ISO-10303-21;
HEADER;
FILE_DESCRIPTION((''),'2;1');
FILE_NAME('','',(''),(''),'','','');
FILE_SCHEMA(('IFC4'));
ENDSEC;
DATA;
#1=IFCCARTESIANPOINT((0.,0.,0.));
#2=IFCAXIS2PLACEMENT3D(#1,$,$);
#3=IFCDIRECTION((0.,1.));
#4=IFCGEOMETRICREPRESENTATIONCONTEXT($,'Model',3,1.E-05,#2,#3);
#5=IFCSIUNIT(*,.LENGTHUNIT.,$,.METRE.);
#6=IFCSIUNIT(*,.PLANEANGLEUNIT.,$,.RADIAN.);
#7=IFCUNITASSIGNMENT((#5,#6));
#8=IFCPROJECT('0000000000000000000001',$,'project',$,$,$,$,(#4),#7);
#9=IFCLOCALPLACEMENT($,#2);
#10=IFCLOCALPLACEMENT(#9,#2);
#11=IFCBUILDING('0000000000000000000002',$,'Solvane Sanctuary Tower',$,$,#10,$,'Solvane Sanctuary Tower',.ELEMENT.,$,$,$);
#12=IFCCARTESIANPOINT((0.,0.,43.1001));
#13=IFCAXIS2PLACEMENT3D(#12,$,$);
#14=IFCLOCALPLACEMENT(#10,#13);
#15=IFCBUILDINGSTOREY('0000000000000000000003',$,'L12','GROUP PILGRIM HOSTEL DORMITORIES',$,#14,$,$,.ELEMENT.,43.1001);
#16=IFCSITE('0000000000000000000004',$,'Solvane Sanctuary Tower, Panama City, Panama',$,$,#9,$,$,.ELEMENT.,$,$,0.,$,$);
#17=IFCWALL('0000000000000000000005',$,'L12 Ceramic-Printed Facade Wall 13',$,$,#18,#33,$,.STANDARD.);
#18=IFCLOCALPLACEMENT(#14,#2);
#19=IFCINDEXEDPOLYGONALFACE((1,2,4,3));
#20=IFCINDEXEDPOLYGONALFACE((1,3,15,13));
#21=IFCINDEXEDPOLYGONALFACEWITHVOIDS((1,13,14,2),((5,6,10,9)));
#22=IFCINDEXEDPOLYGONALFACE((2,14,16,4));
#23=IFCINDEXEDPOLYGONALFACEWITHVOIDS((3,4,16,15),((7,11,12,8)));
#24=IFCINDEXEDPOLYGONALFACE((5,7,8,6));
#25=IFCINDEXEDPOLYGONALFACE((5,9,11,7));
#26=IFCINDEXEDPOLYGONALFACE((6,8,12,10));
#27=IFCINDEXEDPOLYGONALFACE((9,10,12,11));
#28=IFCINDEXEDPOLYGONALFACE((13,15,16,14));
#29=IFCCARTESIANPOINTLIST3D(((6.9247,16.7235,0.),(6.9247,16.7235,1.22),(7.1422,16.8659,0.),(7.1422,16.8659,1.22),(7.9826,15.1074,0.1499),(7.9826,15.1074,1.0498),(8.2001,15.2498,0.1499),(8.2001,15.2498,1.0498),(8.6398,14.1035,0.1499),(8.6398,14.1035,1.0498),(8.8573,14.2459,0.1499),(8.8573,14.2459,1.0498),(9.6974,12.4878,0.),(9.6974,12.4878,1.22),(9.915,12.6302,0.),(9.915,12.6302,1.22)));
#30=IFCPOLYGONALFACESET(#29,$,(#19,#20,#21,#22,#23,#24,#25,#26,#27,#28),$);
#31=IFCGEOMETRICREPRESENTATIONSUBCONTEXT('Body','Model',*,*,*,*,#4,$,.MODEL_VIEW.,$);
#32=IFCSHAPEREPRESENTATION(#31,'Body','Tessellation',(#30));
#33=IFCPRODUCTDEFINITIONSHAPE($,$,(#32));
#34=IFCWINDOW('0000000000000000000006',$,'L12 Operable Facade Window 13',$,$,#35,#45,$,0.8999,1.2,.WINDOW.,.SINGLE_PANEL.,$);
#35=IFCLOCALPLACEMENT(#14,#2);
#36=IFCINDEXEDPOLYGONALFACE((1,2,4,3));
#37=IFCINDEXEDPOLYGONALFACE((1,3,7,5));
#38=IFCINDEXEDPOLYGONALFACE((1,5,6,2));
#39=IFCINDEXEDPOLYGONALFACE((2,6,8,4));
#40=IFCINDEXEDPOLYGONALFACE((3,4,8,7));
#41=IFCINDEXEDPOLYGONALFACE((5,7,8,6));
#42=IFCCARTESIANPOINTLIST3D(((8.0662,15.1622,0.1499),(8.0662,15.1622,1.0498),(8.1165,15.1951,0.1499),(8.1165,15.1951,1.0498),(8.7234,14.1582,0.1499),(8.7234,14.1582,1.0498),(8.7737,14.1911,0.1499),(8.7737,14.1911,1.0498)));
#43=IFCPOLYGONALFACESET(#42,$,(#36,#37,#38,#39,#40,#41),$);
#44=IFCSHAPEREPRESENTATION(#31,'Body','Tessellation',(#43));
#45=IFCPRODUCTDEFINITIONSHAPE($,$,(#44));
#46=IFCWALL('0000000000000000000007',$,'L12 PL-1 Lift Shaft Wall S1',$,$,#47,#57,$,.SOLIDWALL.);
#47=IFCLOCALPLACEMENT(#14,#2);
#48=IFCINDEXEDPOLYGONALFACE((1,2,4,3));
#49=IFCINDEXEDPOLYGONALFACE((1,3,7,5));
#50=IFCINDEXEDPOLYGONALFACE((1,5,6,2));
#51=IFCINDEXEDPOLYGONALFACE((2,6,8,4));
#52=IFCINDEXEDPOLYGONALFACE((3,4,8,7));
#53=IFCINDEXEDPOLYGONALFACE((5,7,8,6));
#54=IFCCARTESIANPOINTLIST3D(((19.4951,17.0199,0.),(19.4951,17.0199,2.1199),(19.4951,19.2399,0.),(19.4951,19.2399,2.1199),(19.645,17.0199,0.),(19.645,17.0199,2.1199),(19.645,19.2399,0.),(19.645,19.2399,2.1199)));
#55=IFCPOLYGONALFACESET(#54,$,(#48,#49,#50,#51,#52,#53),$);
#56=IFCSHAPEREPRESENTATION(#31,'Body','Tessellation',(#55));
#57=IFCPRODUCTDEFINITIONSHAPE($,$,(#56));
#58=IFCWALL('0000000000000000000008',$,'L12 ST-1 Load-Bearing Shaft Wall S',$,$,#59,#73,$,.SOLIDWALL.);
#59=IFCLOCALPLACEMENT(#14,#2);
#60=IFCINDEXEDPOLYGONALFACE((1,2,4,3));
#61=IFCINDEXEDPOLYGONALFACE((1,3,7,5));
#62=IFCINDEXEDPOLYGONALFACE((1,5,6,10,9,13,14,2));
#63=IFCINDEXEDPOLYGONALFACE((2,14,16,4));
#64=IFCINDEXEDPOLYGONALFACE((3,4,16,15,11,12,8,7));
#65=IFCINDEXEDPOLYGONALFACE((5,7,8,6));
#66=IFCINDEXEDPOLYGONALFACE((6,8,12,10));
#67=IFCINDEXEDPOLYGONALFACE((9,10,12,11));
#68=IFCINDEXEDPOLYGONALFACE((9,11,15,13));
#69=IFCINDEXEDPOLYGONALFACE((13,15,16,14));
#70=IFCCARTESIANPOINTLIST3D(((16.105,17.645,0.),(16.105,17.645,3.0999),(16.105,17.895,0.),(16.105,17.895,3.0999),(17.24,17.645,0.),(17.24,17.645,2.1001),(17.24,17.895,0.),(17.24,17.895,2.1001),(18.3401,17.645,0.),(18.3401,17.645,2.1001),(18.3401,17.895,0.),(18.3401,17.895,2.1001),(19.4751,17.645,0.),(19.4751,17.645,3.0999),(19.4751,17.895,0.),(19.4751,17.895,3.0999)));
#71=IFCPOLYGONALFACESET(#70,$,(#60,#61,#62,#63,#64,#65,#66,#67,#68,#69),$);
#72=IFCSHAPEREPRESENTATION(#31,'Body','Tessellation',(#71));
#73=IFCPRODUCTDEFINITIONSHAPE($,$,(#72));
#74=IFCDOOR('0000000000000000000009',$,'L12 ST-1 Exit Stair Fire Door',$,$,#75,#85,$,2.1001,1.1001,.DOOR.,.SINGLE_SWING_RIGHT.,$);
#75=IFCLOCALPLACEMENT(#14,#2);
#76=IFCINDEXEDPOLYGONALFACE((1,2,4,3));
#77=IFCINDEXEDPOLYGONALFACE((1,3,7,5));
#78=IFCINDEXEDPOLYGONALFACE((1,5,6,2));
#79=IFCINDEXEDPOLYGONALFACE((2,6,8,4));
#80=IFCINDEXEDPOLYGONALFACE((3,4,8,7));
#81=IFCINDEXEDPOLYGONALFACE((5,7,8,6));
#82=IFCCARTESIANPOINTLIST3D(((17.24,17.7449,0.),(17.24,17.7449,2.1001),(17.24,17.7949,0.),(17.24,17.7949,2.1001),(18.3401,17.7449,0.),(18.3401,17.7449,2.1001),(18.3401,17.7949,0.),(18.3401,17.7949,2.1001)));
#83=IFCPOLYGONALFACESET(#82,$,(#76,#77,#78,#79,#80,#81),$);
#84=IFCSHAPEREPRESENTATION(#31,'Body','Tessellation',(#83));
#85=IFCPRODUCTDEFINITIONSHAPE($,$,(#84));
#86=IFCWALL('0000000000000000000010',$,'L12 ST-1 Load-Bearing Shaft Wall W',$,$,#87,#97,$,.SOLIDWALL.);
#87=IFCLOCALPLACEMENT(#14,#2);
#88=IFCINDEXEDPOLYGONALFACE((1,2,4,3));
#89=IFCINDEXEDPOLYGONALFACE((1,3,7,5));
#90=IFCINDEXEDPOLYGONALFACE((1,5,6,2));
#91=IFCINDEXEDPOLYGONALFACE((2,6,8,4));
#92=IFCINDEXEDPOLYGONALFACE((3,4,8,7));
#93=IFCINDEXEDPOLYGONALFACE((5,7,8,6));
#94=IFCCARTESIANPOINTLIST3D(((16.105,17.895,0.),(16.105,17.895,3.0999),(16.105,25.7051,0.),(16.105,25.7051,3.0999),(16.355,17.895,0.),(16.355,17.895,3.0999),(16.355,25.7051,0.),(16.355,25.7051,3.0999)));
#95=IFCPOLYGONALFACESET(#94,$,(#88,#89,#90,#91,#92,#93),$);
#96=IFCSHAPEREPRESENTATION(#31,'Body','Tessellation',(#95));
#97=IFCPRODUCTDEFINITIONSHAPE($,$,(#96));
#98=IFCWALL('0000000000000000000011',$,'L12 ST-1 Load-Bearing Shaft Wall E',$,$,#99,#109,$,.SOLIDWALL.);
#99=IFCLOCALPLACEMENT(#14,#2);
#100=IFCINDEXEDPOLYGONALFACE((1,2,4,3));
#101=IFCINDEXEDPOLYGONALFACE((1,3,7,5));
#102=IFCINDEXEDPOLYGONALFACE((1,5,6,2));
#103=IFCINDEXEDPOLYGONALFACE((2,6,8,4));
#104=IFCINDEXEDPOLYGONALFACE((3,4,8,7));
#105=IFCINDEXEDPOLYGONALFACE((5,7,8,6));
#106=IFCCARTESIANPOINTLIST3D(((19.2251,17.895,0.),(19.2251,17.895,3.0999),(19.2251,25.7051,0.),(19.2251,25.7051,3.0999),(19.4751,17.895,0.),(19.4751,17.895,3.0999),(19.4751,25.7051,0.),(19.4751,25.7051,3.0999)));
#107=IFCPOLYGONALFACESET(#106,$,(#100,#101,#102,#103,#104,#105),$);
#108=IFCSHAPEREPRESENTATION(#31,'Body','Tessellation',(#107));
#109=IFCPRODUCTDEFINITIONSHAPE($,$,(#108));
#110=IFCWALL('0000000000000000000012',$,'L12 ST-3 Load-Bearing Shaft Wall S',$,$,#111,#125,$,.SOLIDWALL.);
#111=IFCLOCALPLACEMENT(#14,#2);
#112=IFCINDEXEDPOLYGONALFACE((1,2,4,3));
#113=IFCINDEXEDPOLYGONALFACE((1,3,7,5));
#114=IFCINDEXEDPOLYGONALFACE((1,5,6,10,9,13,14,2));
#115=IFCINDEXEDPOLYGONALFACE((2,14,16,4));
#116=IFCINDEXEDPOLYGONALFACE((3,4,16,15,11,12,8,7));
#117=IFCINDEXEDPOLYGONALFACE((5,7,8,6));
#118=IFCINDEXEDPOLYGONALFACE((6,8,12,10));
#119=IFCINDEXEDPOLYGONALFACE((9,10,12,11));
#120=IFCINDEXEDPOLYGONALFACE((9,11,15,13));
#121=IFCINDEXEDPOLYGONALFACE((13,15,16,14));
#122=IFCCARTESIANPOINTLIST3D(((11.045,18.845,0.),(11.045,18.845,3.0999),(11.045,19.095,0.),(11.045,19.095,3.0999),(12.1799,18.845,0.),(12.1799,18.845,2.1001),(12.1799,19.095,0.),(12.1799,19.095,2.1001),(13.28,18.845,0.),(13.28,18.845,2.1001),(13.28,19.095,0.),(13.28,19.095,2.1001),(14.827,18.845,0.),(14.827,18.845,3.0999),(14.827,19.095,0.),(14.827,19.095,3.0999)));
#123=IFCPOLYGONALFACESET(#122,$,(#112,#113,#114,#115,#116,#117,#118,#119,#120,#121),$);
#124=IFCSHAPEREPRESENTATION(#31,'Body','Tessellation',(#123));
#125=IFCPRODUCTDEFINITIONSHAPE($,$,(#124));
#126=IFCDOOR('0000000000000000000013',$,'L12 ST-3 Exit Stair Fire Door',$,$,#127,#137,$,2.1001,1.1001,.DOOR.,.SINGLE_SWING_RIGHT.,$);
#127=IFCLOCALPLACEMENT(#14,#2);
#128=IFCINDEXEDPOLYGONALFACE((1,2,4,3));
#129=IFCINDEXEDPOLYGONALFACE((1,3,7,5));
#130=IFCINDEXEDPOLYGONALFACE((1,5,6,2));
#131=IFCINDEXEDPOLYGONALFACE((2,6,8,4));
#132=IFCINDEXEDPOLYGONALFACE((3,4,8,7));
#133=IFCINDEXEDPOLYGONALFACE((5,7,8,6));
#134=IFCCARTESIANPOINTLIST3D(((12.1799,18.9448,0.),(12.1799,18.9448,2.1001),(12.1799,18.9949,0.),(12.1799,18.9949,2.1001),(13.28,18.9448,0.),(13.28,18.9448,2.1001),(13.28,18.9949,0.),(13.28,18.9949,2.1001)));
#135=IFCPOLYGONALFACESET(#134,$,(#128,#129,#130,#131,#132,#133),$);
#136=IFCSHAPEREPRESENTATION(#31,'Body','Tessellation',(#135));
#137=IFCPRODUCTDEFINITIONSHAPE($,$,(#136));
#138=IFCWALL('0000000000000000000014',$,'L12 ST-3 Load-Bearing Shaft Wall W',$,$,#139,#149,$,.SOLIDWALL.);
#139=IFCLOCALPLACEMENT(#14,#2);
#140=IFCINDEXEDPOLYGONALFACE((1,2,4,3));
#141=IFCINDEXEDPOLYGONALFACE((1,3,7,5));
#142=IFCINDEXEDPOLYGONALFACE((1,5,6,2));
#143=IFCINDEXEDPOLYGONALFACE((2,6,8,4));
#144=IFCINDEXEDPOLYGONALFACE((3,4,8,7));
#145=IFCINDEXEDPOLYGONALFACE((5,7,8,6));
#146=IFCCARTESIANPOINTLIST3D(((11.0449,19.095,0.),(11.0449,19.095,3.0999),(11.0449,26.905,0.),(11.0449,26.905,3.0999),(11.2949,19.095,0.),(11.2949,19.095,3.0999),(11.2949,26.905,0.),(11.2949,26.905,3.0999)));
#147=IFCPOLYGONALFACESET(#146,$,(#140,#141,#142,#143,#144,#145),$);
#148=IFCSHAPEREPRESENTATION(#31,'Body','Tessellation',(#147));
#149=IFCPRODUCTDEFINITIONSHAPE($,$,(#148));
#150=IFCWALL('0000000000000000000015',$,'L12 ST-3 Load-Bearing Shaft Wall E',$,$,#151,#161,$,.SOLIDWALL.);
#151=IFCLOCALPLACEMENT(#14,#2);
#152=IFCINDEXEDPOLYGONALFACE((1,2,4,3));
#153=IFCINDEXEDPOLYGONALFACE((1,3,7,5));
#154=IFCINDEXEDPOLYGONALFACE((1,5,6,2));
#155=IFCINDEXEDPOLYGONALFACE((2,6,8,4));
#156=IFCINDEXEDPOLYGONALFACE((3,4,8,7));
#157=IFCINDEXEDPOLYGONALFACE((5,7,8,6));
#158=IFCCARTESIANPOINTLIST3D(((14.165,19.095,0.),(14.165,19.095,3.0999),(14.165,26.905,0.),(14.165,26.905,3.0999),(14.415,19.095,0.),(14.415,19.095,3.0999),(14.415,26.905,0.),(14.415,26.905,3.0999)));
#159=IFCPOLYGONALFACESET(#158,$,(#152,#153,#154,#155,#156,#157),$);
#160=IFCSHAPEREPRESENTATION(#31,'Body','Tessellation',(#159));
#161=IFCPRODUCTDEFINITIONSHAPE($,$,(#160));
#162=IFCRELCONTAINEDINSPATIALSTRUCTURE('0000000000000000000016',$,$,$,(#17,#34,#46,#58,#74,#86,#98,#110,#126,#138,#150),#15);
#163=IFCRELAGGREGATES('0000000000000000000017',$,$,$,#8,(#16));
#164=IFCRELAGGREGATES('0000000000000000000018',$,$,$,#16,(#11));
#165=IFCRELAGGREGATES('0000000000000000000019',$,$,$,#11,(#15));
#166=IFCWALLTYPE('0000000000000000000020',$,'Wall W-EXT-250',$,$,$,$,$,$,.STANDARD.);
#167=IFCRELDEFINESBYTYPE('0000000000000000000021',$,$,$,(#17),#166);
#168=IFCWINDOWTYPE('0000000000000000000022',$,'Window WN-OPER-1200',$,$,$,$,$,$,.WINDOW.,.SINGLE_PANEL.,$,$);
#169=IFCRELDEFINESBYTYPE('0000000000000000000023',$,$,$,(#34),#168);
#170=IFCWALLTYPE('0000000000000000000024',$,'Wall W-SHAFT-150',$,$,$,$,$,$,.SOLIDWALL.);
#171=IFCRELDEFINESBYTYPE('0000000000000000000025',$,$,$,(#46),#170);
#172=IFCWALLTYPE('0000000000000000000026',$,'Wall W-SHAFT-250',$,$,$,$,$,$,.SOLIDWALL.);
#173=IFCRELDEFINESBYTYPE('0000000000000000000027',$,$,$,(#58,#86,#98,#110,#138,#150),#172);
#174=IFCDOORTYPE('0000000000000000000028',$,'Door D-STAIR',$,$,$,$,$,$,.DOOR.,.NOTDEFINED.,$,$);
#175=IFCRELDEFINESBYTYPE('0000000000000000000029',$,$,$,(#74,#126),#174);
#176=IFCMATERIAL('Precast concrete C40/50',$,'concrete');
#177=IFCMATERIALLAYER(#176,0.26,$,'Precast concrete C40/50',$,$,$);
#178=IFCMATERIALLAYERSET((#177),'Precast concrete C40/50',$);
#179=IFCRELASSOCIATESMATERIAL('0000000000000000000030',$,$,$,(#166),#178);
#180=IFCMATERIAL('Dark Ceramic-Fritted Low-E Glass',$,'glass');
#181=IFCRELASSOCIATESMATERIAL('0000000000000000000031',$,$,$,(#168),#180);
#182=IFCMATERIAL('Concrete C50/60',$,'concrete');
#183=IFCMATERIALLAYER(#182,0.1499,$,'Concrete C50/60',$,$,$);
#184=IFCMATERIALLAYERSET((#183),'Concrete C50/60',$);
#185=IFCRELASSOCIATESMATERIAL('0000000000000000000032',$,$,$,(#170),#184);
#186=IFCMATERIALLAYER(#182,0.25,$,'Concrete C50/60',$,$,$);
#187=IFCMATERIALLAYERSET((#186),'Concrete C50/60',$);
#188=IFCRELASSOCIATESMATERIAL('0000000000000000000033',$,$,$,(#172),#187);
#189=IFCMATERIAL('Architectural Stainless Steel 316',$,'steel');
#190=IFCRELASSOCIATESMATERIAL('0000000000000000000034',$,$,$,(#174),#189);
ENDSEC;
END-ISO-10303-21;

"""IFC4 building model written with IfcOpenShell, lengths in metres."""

from ifc_helpers import new_model, si_unit, direction, frame, frame_2d, origin, place, context, subcontext, project, spatial, rectangle, extrude, material, layer, layer_set, type_object, element, fill, save


model = new_model("IFC4")

# Units and contexts
model_context = context("Model", 3, precision=1e-05, world=origin(), true_north=direction((0.0, 1.0)))
body_context = subcontext(model_context, "Body", "Model", "MODEL_VIEW")
ifc_project = project(units=[si_unit("LENGTHUNIT", "METRE"), si_unit("PLANEANGLEUNIT", "RADIAN")], contexts=[model_context])

# Site, building, storey
site_placement = place(None, origin())
site = spatial("IfcSite", under=ifc_project, at=site_placement, Name="Solvane Sanctuary Tower, Panama City, Panama", CompositionType="ELEMENT", RefElevation=0.0)
building_placement = place(site_placement, origin())
building = spatial("IfcBuilding", under=site, at=building_placement, Name="Solvane Sanctuary Tower", LongName="Solvane Sanctuary Tower", CompositionType="ELEMENT")
storey_placement = place(building_placement, frame((0.0, 0.0, 43.1001)))
storey = spatial("IfcBuildingStorey", under=building, at=storey_placement, Name="L12", Description="GROUP PILGRIM HOSTEL DORMITORIES", CompositionType="ELEMENT", Elevation=43.1001)

# Wall, opening, window
ifc_material_1 = material(Name="Precast concrete C40/50", Category="concrete")
ifc_layer_1 = layer(ifc_material_1, 0.26, Name="Precast concrete C40/50")
ifc_layer_set_1 = layer_set([ifc_layer_1], Name="Precast concrete C40/50")
wall_type_1 = type_object("IfcWallType", Name="Wall W-EXT-250", PredefinedType="STANDARD", material=ifc_layer_set_1)
wall_1_placement = place(storey_placement, frame((7.0334, 16.7947, 0.0), z_axis=(0.0, 0.0, 1.0), x_axis=(0.547703, -0.836673, 0.0)))
wall_1 = element("IfcWall", 1, at=wall_1_placement, inside=storey, type_object=wall_type_1, Name="L12 Ceramic-Printed Facade Wall 13", PredefinedType="STANDARD", context=body_context, shape_type="SweptSolid", body=[
    extrude(rectangle(XDim=5.0625, YDim=0.26, at=frame_2d((2.5312, 0.0))), origin(), (0.0, 0.0, 1.0), 1.22),
])
opening_1_placement = place(wall_1_placement, frame((1.9314, 0.0, 0.1499)))
opening_1 = element("IfcOpeningElement", 2, at=opening_1_placement, cuts=wall_1, PredefinedType="OPENING", context=body_context, shape_type="SweptSolid", body=[
    extrude(rectangle(XDim=1.2, YDim=0.8999, at=frame_2d((0.6001, 0.45))), frame((0.0, 0.1399, 0.0), z_axis=(0.0, -1.0, 0.0), x_axis=(1.0, 0.0, 0.0)), (0.0, 0.0, 1.0), 0.28),
])
ifc_material_2 = material(Name="Dark Ceramic-Fritted Low-E Glass", Category="glass")
window_type = type_object("IfcWindowType", Name="Window WN-OPER-1200", PartitioningType="SINGLE_PANEL", PredefinedType="WINDOW", material=ifc_material_2)
window_placement = place(opening_1_placement, origin())
window = element("IfcWindow", 3, at=window_placement, inside=storey, type_object=window_type, Name="L12 Operable Facade Window 13", OverallHeight=0.8999, OverallWidth=1.2, PartitioningType="SINGLE_PANEL", PredefinedType="WINDOW", context=body_context, shape_type="SweptSolid", body=[
    extrude(rectangle(XDim=1.2, YDim=0.8999, at=frame_2d((0.6001, 0.45))), frame((0.0, 0.03, 0.0), z_axis=(0.0, -1.0, 0.0), x_axis=(1.0, 0.0, 0.0)), (0.0, 0.0, 1.0), 0.0601),
])
fill(opening_1, window)

# Wall
ifc_material_3 = material(Name="Concrete C50/60", Category="concrete")
ifc_layer_2 = layer(ifc_material_3, 0.1499, Name="Concrete C50/60")
ifc_layer_set_2 = layer_set([ifc_layer_2], Name="Concrete C50/60")
wall_type_2 = type_object("IfcWallType", Name="Wall W-SHAFT-150", PredefinedType="SOLIDWALL", material=ifc_layer_set_2)
wall_2_placement = place(storey_placement, frame((19.5701, 17.02, 0.0), z_axis=(0.0, 0.0, 1.0), x_axis=(0.0, 1.0, 0.0)))
element("IfcWall", 4, at=wall_2_placement, inside=storey, type_object=wall_type_2, Name="L12 PL-1 Lift Shaft Wall S1", PredefinedType="SOLIDWALL", context=body_context, shape_type="SweptSolid", body=[
    extrude(rectangle(XDim=2.22, YDim=0.1499, at=frame_2d((1.1099, 0.0))), origin(), (0.0, 0.0, 1.0), 2.1199),
])

# Wall, opening, door
ifc_layer_3 = layer(ifc_material_3, 0.25, Name="Concrete C50/60")
ifc_layer_set_3 = layer_set([ifc_layer_3], Name="Concrete C50/60")
wall_type_3 = type_object("IfcWallType", Name="Wall W-SHAFT-250", PredefinedType="SOLIDWALL", material=ifc_layer_set_3)
wall_3_placement = place(storey_placement, frame((16.105, 17.77, 0.0), z_axis=(0.0, 0.0, 1.0), x_axis=(1.0, 0.0, 0.0)))
wall_3 = element("IfcWall", 5, at=wall_3_placement, inside=storey, type_object=wall_type_3, Name="L12 ST-1 Load-Bearing Shaft Wall S", PredefinedType="SOLIDWALL", context=body_context, shape_type="SweptSolid", body=[
    extrude(rectangle(XDim=3.3701, YDim=0.25, at=frame_2d((1.6851, 0.0))), origin(), (0.0, 0.0, 1.0), 3.0999),
])
opening_2_placement = place(wall_3_placement, frame((1.135, 0.0, 0.0)))
opening_2 = element("IfcOpeningElement", 6, at=opening_2_placement, cuts=wall_3, PredefinedType="OPENING", context=body_context, shape_type="SweptSolid", body=[
    extrude(rectangle(XDim=1.1001, YDim=2.1001, at=frame_2d((0.55, 1.05))), frame((0.0, 0.135, 0.0), z_axis=(0.0, -1.0, 0.0), x_axis=(1.0, 0.0, 0.0)), (0.0, 0.0, 1.0), 0.27),
])
ifc_material_4 = material(Name="Architectural Stainless Steel 316", Category="steel")
door_type_1 = type_object("IfcDoorType", Name="Door D-STAIR", OperationType="NOTDEFINED", PredefinedType="DOOR", material=ifc_material_4)
door_1_placement = place(opening_2_placement, origin())
door_1 = element("IfcDoor", 7, at=door_1_placement, inside=storey, type_object=door_type_1, Name="L12 ST-1 Exit Stair Fire Door", OperationType="SINGLE_SWING_RIGHT", OverallHeight=2.1001, OverallWidth=1.1001, PredefinedType="DOOR", context=body_context, shape_type="SweptSolid", body=[
    extrude(rectangle(XDim=1.1001, YDim=2.1001, at=frame_2d((0.55, 1.05))), frame((0.0, 0.0249, 0.0), z_axis=(0.0, -1.0, 0.0), x_axis=(1.0, 0.0, 0.0)), (0.0, 0.0, 1.0), 0.05),
])
fill(opening_2, door_1)

# Walls
for number, where, z_axis, x_axis, name in (
    (8, (16.23, 17.895, 0.0), (0.0, 0.0, 1.0), (0.0, 1.0, 0.0), "L12 ST-1 Load-Bearing Shaft Wall W"),
    (9, (19.3501, 17.895, 0.0), (0.0, 0.0, 1.0), (0.0, 1.0, 0.0), "L12 ST-1 Load-Bearing Shaft Wall E"),
):
    element("IfcWall", number, at=place(storey_placement, frame(where, z_axis=z_axis, x_axis=x_axis)), inside=storey, type_object=wall_type_3, Name=name, PredefinedType="SOLIDWALL", context=body_context, shape_type="SweptSolid", body=[
        extrude(rectangle(XDim=7.8101, YDim=0.25, at=frame_2d((3.905, 0.0))), origin(), (0.0, 0.0, 1.0), 3.0999),
    ])

# Wall, opening, door
wall_4_placement = place(storey_placement, frame((11.0449, 18.97, 0.0), z_axis=(0.0, 0.0, 1.0), x_axis=(1.0, 0.0, 0.0)))
wall_4 = element("IfcWall", 10, at=wall_4_placement, inside=storey, type_object=wall_type_3, Name="L12 ST-3 Load-Bearing Shaft Wall S", PredefinedType="SOLIDWALL", context=body_context, shape_type="SweptSolid", body=[
    extrude(rectangle(XDim=3.782, YDim=0.25, at=frame_2d((1.8911, 0.0))), origin(), (0.0, 0.0, 1.0), 3.0999),
])
opening_3_placement = place(wall_4_placement, frame((1.135, 0.0, 0.0)))
opening_3 = element("IfcOpeningElement", 11, at=opening_3_placement, cuts=wall_4, PredefinedType="OPENING", context=body_context, shape_type="SweptSolid", body=[
    extrude(rectangle(XDim=1.1001, YDim=2.1001, at=frame_2d((0.55, 1.05))), frame((0.0, 0.135, 0.0), z_axis=(0.0, -1.0, 0.0), x_axis=(1.0, 0.0, 0.0)), (0.0, 0.0, 1.0), 0.27),
])
door_2_placement = place(opening_3_placement, origin())
door_2 = element("IfcDoor", 12, at=door_2_placement, inside=storey, type_object=door_type_1, Name="L12 ST-3 Exit Stair Fire Door", OperationType="SINGLE_SWING_RIGHT", OverallHeight=2.1001, OverallWidth=1.1001, PredefinedType="DOOR", context=body_context, shape_type="SweptSolid", body=[
    extrude(rectangle(XDim=1.1001, YDim=2.1001, at=frame_2d((0.55, 1.05))), frame((0.0, 0.0249, 0.0), z_axis=(0.0, -1.0, 0.0), x_axis=(1.0, 0.0, 0.0)), (0.0, 0.0, 1.0), 0.05),
])
fill(opening_3, door_2)

# Walls
for number, where, z_axis, x_axis, name in (
    (13, (11.1699, 19.095, 0.0), (0.0, 0.0, 1.0), (0.0, 1.0, 0.0), "L12 ST-3 Load-Bearing Shaft Wall W"),
    (14, (14.29, 19.095, 0.0), (0.0, 0.0, 1.0), (0.0, 1.0, 0.0), "L12 ST-3 Load-Bearing Shaft Wall E"),
):
    element("IfcWall", number, at=place(storey_placement, frame(where, z_axis=z_axis, x_axis=x_axis)), inside=storey, type_object=wall_type_3, Name=name, PredefinedType="SOLIDWALL", context=body_context, shape_type="SweptSolid", body=[
        extrude(rectangle(XDim=7.8101, YDim=0.25, at=frame_2d((3.905, 0.0))), origin(), (0.0, 0.0, 1.0), 3.0999),
    ])

save(model, "model.ifc")
